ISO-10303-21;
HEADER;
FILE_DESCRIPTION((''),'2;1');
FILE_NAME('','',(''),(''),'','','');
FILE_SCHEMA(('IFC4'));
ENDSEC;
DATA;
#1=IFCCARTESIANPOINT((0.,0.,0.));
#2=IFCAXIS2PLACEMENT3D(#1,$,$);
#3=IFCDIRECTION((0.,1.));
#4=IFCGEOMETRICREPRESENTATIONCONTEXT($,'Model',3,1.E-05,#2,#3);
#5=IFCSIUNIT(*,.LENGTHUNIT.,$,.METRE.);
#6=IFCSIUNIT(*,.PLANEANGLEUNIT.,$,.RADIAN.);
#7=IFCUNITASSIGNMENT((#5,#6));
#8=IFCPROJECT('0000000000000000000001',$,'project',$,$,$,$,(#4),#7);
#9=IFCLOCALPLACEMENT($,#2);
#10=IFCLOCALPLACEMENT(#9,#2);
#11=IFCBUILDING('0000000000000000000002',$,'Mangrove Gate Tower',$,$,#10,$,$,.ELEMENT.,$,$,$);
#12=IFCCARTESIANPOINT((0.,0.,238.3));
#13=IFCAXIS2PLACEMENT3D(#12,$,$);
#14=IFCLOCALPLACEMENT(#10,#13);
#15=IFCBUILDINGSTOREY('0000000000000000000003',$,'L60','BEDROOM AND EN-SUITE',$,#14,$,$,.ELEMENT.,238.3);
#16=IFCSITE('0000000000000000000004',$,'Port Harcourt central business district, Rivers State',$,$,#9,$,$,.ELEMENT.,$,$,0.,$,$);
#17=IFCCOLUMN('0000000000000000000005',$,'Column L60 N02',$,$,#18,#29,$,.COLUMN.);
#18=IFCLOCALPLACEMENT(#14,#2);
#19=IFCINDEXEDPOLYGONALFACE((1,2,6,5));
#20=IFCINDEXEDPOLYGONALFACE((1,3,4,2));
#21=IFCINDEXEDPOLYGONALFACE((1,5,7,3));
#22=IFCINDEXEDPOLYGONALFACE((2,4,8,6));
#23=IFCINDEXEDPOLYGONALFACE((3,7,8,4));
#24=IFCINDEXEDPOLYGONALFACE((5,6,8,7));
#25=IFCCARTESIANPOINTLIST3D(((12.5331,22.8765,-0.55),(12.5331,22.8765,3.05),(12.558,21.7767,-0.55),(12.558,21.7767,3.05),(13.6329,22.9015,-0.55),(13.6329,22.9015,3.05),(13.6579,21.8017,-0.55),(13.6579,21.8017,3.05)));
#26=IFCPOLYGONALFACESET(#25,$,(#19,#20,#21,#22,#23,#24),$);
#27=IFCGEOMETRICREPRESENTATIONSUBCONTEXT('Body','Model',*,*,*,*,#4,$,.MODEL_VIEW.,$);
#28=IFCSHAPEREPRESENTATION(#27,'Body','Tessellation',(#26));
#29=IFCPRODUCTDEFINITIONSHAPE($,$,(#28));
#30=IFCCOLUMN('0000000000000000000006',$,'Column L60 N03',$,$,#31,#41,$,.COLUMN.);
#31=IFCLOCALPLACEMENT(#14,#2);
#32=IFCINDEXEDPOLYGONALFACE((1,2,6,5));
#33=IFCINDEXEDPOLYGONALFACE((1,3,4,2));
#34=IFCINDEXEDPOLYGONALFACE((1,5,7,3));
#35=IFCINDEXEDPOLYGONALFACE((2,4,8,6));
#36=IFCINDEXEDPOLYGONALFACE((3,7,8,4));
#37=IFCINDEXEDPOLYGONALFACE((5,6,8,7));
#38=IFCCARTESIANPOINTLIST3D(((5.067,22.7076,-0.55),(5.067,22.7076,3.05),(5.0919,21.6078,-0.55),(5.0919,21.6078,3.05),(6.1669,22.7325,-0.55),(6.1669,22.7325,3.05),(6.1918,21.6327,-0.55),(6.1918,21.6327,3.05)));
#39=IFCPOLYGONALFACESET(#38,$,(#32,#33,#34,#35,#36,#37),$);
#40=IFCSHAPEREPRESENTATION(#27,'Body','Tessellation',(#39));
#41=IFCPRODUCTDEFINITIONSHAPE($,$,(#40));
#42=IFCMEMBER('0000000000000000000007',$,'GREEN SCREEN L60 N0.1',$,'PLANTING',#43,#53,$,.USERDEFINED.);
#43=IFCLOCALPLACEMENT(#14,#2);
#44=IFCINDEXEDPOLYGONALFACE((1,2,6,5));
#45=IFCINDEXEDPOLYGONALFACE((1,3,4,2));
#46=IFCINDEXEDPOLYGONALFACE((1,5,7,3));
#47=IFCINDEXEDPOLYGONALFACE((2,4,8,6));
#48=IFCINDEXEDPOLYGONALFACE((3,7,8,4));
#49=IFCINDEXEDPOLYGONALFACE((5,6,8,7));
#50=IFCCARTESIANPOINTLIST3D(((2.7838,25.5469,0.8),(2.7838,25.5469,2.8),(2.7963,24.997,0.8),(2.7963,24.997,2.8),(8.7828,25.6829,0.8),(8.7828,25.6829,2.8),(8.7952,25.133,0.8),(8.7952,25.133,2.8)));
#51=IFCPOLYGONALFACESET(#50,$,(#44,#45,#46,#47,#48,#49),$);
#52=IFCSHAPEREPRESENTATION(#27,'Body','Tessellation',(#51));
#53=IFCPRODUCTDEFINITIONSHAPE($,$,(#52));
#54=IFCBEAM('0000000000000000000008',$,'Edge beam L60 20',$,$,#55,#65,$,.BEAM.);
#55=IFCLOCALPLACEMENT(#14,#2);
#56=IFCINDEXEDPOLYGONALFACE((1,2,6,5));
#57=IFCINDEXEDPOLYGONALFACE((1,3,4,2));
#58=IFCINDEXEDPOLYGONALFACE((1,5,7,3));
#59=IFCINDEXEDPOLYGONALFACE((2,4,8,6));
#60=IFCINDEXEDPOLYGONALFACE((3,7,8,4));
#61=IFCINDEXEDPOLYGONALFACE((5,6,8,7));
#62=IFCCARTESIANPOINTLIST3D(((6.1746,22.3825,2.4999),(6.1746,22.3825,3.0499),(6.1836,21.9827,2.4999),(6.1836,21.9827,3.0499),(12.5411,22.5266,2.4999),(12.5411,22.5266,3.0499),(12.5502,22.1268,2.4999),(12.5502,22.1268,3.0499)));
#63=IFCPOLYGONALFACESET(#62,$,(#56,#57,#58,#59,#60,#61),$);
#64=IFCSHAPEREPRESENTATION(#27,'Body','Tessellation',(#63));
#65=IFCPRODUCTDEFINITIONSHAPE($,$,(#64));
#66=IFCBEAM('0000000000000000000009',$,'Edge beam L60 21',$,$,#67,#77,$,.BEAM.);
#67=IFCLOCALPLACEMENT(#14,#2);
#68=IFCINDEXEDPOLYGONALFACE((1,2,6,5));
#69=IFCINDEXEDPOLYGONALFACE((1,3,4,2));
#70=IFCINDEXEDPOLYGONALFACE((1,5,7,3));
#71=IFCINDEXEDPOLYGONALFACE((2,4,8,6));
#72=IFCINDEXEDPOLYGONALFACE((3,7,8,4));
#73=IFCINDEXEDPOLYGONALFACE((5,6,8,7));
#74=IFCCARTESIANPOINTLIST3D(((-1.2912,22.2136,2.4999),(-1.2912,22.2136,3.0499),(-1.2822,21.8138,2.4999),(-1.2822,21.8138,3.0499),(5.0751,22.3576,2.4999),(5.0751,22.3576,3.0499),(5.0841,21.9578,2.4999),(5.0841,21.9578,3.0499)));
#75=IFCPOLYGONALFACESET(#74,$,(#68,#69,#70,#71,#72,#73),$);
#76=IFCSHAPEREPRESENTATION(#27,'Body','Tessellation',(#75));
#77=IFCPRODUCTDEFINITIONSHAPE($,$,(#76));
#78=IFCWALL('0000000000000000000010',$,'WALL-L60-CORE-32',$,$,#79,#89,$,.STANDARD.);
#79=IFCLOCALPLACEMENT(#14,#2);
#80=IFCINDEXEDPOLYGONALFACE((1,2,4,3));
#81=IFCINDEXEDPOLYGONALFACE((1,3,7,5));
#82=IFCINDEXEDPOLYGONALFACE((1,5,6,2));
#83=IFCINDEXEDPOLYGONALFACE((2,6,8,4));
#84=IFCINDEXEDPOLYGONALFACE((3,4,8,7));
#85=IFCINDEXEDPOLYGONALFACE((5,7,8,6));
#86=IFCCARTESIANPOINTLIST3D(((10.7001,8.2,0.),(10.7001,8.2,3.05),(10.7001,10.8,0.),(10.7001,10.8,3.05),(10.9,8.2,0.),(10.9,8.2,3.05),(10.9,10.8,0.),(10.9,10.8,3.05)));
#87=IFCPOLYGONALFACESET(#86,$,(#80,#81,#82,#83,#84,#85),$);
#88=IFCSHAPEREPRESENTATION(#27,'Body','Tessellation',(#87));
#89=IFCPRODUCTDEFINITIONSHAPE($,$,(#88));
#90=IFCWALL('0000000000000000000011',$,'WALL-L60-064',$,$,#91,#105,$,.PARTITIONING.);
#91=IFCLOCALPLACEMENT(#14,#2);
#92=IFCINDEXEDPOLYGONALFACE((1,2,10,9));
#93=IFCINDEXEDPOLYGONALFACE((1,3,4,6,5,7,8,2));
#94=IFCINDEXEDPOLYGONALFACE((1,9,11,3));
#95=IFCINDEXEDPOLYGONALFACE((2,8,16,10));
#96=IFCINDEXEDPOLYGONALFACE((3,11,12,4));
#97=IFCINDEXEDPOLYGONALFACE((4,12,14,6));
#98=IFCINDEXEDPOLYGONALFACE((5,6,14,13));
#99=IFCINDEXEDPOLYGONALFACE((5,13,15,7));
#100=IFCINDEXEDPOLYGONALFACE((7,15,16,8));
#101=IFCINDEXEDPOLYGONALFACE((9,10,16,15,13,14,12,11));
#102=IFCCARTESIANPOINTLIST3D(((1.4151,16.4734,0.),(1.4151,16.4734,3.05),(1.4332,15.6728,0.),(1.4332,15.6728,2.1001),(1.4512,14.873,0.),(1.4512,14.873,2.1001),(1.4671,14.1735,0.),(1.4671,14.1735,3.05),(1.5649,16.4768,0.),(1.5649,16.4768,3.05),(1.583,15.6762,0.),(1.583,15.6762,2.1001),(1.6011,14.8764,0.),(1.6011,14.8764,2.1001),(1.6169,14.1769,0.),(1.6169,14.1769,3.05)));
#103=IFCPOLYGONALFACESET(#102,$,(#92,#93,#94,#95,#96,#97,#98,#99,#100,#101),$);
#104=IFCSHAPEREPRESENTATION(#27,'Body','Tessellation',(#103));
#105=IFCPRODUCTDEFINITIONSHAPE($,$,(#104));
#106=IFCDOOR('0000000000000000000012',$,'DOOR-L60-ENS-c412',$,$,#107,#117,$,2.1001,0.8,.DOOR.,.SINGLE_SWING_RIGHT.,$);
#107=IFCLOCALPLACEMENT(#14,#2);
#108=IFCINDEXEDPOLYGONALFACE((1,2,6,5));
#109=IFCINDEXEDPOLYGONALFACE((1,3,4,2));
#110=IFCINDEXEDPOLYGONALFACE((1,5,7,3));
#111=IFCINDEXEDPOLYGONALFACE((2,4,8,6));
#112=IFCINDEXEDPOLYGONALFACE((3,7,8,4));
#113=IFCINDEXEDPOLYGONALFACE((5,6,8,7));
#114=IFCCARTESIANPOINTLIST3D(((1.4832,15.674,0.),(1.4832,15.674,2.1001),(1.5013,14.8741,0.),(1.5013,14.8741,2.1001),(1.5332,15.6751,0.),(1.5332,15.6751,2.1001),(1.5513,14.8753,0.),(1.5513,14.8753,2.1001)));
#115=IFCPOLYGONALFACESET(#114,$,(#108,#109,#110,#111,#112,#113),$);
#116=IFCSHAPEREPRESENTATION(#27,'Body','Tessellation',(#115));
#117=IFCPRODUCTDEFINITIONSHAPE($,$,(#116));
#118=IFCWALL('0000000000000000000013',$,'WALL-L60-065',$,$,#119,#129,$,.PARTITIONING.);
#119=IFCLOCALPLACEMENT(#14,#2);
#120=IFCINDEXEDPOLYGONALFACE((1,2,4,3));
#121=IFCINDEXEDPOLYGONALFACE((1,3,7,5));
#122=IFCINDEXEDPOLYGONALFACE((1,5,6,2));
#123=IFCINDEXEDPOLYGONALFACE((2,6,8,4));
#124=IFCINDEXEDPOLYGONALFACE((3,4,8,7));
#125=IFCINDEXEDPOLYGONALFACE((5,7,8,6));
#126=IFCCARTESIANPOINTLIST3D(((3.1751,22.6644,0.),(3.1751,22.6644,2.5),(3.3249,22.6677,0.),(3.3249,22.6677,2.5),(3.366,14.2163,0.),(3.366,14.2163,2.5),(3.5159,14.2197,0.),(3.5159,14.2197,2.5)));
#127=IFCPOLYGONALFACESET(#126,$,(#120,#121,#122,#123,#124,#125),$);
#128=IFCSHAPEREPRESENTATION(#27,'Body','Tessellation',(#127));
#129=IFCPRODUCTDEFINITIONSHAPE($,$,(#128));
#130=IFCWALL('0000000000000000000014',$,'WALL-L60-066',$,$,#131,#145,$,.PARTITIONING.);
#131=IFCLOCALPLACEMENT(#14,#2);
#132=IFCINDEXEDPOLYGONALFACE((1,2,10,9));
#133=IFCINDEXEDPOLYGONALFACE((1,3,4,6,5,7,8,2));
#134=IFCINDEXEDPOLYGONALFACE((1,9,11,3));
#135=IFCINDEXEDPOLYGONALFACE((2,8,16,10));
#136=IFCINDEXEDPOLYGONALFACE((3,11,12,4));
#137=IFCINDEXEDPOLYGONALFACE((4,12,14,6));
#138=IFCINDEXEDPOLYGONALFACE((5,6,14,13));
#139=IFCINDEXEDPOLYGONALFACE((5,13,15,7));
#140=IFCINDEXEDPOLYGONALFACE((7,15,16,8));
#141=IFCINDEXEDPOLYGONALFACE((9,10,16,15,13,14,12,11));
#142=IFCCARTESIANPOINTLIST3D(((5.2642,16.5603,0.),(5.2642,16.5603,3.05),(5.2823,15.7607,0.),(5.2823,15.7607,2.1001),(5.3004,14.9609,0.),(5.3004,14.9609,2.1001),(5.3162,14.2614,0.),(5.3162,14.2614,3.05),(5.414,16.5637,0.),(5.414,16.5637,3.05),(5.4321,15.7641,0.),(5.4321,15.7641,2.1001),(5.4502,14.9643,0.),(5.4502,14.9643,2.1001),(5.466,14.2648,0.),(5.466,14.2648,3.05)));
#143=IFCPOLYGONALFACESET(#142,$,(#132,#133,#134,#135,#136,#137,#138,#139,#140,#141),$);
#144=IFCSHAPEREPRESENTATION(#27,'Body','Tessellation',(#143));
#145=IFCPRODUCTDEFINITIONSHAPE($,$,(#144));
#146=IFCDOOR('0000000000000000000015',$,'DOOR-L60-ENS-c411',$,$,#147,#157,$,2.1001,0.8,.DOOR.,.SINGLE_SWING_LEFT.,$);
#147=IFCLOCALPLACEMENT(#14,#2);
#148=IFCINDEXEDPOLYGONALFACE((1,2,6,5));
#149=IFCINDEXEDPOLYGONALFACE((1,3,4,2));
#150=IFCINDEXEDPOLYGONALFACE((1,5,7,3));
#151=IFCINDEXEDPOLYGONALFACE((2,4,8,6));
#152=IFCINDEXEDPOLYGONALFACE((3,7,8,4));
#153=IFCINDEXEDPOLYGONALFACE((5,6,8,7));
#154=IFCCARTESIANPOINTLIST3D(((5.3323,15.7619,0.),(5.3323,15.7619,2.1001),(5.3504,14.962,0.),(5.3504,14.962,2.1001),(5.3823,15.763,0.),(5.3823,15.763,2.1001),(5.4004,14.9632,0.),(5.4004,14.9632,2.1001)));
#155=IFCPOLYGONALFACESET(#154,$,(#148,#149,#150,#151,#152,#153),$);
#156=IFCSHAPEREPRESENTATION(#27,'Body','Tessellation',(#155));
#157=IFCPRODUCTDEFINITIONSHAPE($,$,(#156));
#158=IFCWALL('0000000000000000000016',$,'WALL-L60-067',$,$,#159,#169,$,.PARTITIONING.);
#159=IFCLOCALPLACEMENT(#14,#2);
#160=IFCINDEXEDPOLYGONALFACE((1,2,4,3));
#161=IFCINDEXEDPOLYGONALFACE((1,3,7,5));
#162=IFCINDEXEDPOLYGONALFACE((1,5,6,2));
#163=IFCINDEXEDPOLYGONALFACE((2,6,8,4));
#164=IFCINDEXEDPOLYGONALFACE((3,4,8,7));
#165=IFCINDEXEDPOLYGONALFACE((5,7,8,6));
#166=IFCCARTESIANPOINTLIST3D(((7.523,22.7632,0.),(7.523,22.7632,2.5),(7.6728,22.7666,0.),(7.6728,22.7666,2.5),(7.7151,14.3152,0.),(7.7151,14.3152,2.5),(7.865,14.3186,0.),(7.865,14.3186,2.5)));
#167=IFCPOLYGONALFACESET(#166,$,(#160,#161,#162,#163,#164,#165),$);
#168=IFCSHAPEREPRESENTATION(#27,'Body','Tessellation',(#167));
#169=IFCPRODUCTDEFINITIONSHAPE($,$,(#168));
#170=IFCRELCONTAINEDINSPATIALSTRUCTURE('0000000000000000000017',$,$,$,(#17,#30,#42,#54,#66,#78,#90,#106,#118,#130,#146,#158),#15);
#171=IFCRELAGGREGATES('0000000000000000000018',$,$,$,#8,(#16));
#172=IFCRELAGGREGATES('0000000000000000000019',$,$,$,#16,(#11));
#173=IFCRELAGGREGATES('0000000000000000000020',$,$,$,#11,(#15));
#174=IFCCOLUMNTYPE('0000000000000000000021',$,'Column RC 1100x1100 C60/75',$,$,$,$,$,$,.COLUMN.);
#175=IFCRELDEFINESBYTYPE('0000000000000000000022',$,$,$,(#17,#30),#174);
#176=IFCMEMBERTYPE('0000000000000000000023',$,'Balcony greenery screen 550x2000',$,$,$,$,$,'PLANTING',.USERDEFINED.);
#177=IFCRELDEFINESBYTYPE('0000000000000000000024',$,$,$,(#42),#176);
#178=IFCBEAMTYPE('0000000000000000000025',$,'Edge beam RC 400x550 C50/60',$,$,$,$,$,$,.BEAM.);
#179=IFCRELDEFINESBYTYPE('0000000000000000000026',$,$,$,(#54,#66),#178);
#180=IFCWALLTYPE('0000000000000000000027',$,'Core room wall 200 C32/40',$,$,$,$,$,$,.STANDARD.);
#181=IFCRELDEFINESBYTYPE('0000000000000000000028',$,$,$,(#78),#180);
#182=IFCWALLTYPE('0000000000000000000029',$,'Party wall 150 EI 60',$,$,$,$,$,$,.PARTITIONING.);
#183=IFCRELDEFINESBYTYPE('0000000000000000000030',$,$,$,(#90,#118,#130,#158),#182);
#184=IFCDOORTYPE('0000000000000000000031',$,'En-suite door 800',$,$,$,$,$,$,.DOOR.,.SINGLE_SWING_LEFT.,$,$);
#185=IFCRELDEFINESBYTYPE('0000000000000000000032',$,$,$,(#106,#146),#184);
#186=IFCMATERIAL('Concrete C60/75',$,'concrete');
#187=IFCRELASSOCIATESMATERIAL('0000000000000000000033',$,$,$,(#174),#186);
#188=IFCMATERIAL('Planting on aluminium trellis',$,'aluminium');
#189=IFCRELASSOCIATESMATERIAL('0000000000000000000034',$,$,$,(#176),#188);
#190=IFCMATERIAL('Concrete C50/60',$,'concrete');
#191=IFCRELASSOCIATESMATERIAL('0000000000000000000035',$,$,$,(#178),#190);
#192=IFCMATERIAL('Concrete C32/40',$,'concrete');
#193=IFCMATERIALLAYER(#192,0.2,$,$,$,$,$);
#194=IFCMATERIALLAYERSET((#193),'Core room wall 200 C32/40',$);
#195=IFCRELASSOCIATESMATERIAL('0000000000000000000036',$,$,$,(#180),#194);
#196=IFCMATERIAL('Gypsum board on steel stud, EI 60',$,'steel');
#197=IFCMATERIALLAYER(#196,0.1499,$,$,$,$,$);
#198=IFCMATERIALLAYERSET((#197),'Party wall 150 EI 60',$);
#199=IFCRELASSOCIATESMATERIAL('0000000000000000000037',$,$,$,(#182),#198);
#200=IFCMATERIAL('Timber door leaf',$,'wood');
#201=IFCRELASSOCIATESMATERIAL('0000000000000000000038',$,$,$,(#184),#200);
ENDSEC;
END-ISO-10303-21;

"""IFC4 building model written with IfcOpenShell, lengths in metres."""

from ifc_helpers import new_model, si_unit, direction, frame, frame_2d, origin, origin_2d, place, context, subcontext, project, spatial, rectangle, extrude, material, layer, layer_set, material_profile, profile_set, type_object, element, fill, save


model = new_model("IFC4")

# Units and contexts
model_context = context("Model", 3, precision=1e-05, world=origin(), true_north=direction((0.0, 1.0)))
body_context = subcontext(model_context, "Body", "Model", "MODEL_VIEW")
ifc_project = project(units=[si_unit("LENGTHUNIT", "METRE"), si_unit("PLANEANGLEUNIT", "RADIAN")], contexts=[model_context])

# Site, building, storey
site_placement = place(None, origin())
site = spatial("IfcSite", under=ifc_project, at=site_placement, Name="Port Harcourt central business district, Rivers State", CompositionType="ELEMENT", RefElevation=0.0)
building_placement = place(site_placement, origin())
building = spatial("IfcBuilding", under=site, at=building_placement, Name="Mangrove Gate Tower", CompositionType="ELEMENT")
storey_placement = place(building_placement, frame((0.0, 0.0, 238.3)))
storey = spatial("IfcBuildingStorey", under=building, at=storey_placement, Name="L60", Description="BEDROOM AND EN-SUITE", CompositionType="ELEMENT", Elevation=238.3)

# Columns
ifc_material_1 = material(Name="Concrete C60/75", Category="concrete")
ifc_material_profile_1 = material_profile(ifc_material_1, rectangle(XDim=1.1001, YDim=1.1001, at=origin_2d()))
ifc_profile_set_1 = profile_set([ifc_material_profile_1], Name="Concrete C60/75")
column_type = type_object("IfcColumnType", Name="Column RC 1100x1100 C60/75", PredefinedType="COLUMN", material=ifc_profile_set_1)
for number, where, z_axis, x_axis, name in (
    (1, (13.0955, 22.3391, -0.55), (0.0, 0.0, 1.0), (-0.999742, -0.022697, 0.0), "Column L60 N02"),
    (2, (5.6294, 22.1702, -0.55), (0.0, 0.0, 1.0), (-0.999744, -0.02263, 0.0), "Column L60 N03"),
):
    element("IfcColumn", number, at=place(storey_placement, frame(where, z_axis=z_axis, x_axis=x_axis)), inside=storey, type_object=column_type, Name=name, PredefinedType="COLUMN", context=body_context, shape_type="SweptSolid", body=[
        extrude(rectangle(XDim=1.1001, YDim=1.1001, at=origin_2d()), origin(), (0.0, 0.0, 1.0), 3.6001),
    ])

# Member
ifc_material_2 = material(Name="Planting on aluminium trellis", Category="aluminium")
ifc_material_profile_2 = material_profile(ifc_material_2, rectangle(XDim=0.55, YDim=2.0, at=origin_2d()))
ifc_profile_set_2 = profile_set([ifc_material_profile_2], Name="Planting on aluminium trellis")
member_type = type_object("IfcMemberType", Name="Balcony greenery screen 550x2000", ElementType="PLANTING", PredefinedType="USERDEFINED", material=ifc_profile_set_2)
member_placement = place(storey_placement, frame((2.79, 25.272, 1.8), z_axis=(0.999743, 0.022662, 0.0), x_axis=(-0.022662, 0.999743, 0.0)))
element("IfcMember", 3, at=member_placement, inside=storey, type_object=member_type, Name="GREEN SCREEN L60 N0.1", ObjectType="PLANTING", PredefinedType="USERDEFINED", context=body_context, shape_type="SweptSolid", body=[
    extrude(rectangle(XDim=0.55, YDim=2.0, at=origin_2d()), origin(), (0.0, 0.0, 1.0), 6.0005),
])

# Beams
ifc_material_3 = material(Name="Concrete C50/60", Category="concrete")
ifc_material_profile_3 = material_profile(ifc_material_3, rectangle(XDim=0.3999, YDim=0.55, at=origin_2d()))
ifc_profile_set_3 = profile_set([ifc_material_profile_3], Name="Concrete C50/60")
beam_type = type_object("IfcBeamType", Name="Edge beam RC 400x550 C50/60", PredefinedType="BEAM", material=ifc_profile_set_3)
beam_1_placement = place(storey_placement, frame((12.5457, 22.3267, 2.7749), z_axis=(-0.999744, -0.02262, 0.0), x_axis=(0.02262, -0.999744, 0.0)))
element("IfcBeam", 4, at=beam_1_placement, inside=storey, type_object=beam_type, Name="Edge beam L60 20", PredefinedType="BEAM", context=body_context, shape_type="SweptSolid", body=[
    extrude(rectangle(XDim=0.3999, YDim=0.55, at=origin_2d()), origin(), (0.0, 0.0, 1.0), 6.3682),
])
beam_2_placement = place(storey_placement, frame((5.0796, 22.1577, 2.7749), z_axis=(-0.999744, -0.02262, 0.0), x_axis=(0.02262, -0.999744, 0.0)))
element("IfcBeam", 5, at=beam_2_placement, inside=storey, type_object=beam_type, Name="Edge beam L60 21", PredefinedType="BEAM", context=body_context, shape_type="SweptSolid", body=[
    extrude(rectangle(XDim=0.3999, YDim=0.55, at=origin_2d()), origin(), (0.0, 0.0, 1.0), 6.3679),
])

# Wall
ifc_material_4 = material(Name="Concrete C32/40", Category="concrete")
ifc_layer_1 = layer(ifc_material_4, 0.2)
ifc_layer_set_1 = layer_set([ifc_layer_1], Name="Core room wall 200 C32/40")
wall_type_1 = type_object("IfcWallType", Name="Core room wall 200 C32/40", PredefinedType="STANDARD", material=ifc_layer_set_1)
wall_1_placement = place(storey_placement, frame((10.8, 8.2, 0.0), z_axis=(0.0, 0.0, 1.0), x_axis=(0.0, 1.0, 0.0)))
element("IfcWall", 6, at=wall_1_placement, inside=storey, type_object=wall_type_1, Name="WALL-L60-CORE-32", PredefinedType="STANDARD", context=body_context, shape_type="SweptSolid", body=[
    extrude(rectangle(XDim=2.6001, YDim=0.2, at=frame_2d((1.3, 0.0))), origin(), (0.0, 0.0, 1.0), 3.05),
])

# Wall, opening, door
ifc_material_5 = material(Name="Gypsum board on steel stud, EI 60", Category="steel")
ifc_layer_2 = layer(ifc_material_5, 0.1499)
ifc_layer_set_2 = layer_set([ifc_layer_2], Name="Party wall 150 EI 60")
wall_type_2 = type_object("IfcWallType", Name="Party wall 150 EI 60", PredefinedType="PARTITIONING", material=ifc_layer_set_2)
wall_2_placement = place(storey_placement, frame((1.542, 14.175, 0.0), z_axis=(0.0, 0.0, 1.0), x_axis=(-0.022603, 0.999745, 0.0)))
wall_2 = element("IfcWall", 7, at=wall_2_placement, inside=storey, type_object=wall_type_2, Name="WALL-L60-064", PredefinedType="PARTITIONING", context=body_context, shape_type="SweptSolid", body=[
    extrude(rectangle(XDim=2.3005, YDim=0.1499, at=frame_2d((1.1504, 0.0))), origin(), (0.0, 0.0, 1.0), 3.05),
])
opening_1_placement = place(wall_2_placement, frame((0.7, 0.0, 0.0)))
opening_1 = element("IfcOpeningElement", 8, at=opening_1_placement, cuts=wall_2, PredefinedType="OPENING", context=body_context, shape_type="SweptSolid", body=[
    extrude(rectangle(XDim=0.8, YDim=2.1001, at=frame_2d((0.3999, 1.05))), frame((0.0, 0.085, 0.0), z_axis=(0.0, -1.0, 0.0), x_axis=(1.0, 0.0, 0.0)), (0.0, 0.0, 1.0), 0.1699),
])
ifc_material_6 = material(Name="Timber door leaf", Category="wood")
door_type = type_object("IfcDoorType", Name="En-suite door 800", OperationType="SINGLE_SWING_LEFT", PredefinedType="DOOR", material=ifc_material_6)
door_1_placement = place(opening_1_placement, origin())
door_1 = element("IfcDoor", 9, at=door_1_placement, inside=storey, type_object=door_type, Name="DOOR-L60-ENS-c412", OperationType="SINGLE_SWING_RIGHT", OverallHeight=2.1001, OverallWidth=0.8, PredefinedType="DOOR", context=body_context, shape_type="SweptSolid", body=[
    extrude(rectangle(XDim=0.8, YDim=2.1001, at=frame_2d((0.3999, 1.05))), frame((0.0, 0.0249, 0.0), z_axis=(0.0, -1.0, 0.0), x_axis=(1.0, 0.0, 0.0)), (0.0, 0.0, 1.0), 0.05),
])
fill(opening_1, door_1)

# Wall
wall_3_placement = place(storey_placement, frame((3.4409, 14.218, 0.0), z_axis=(0.0, 0.0, 1.0), x_axis=(-0.022593, 0.999745, 0.0)))
element("IfcWall", 10, at=wall_3_placement, inside=storey, type_object=wall_type_2, Name="WALL-L60-065", PredefinedType="PARTITIONING", context=body_context, shape_type="SweptSolid", body=[
    extrude(rectangle(XDim=8.4502, YDim=0.1499, at=frame_2d((4.2251, 0.0))), origin(), (0.0, 0.0, 1.0), 2.5),
])

# Wall, opening, door
wall_4_placement = place(storey_placement, frame((5.3911, 14.2629, 0.0), z_axis=(0.0, 0.0, 1.0), x_axis=(-0.022613, 0.999744, 0.0)))
wall_4 = element("IfcWall", 11, at=wall_4_placement, inside=storey, type_object=wall_type_2, Name="WALL-L60-066", PredefinedType="PARTITIONING", context=body_context, shape_type="SweptSolid", body=[
    extrude(rectangle(XDim=2.2996, YDim=0.1499, at=frame_2d((1.1499, 0.0))), origin(), (0.0, 0.0, 1.0), 3.05),
])
opening_2_placement = place(wall_4_placement, frame((0.7, 0.0, 0.0)))
opening_2 = element("IfcOpeningElement", 12, at=opening_2_placement, cuts=wall_4, PredefinedType="OPENING", context=body_context, shape_type="SweptSolid", body=[
    extrude(rectangle(XDim=0.8, YDim=2.1001, at=frame_2d((0.3999, 1.05))), frame((0.0, 0.085, 0.0), z_axis=(0.0, -1.0, 0.0), x_axis=(1.0, 0.0, 0.0)), (0.0, 0.0, 1.0), 0.1699),
])
door_2_placement = place(opening_2_placement, origin())
door_2 = element("IfcDoor", 13, at=door_2_placement, inside=storey, type_object=door_type, Name="DOOR-L60-ENS-c411", OperationType="SINGLE_SWING_LEFT", OverallHeight=2.1001, OverallWidth=0.8, PredefinedType="DOOR", context=body_context, shape_type="SweptSolid", body=[
    extrude(rectangle(XDim=0.8, YDim=2.1001, at=frame_2d((0.3999, 1.05))), frame((0.0, 0.0249, 0.0), z_axis=(0.0, -1.0, 0.0), x_axis=(1.0, 0.0, 0.0)), (0.0, 0.0, 1.0), 0.05),
])
fill(opening_2, door_2)

# Wall
wall_5_placement = place(storey_placement, frame((7.79, 14.3169, 0.0), z_axis=(0.0, 0.0, 1.0), x_axis=(-0.022738, 0.999741, 0.0)))
element("IfcWall", 14, at=wall_5_placement, inside=storey, type_object=wall_type_2, Name="WALL-L60-067", PredefinedType="PARTITIONING", context=body_context, shape_type="SweptSolid", body=[
    extrude(rectangle(XDim=8.4502, YDim=0.1499, at=frame_2d((4.2251, 0.0))), origin(), (0.0, 0.0, 1.0), 2.5),
])

save(model, "model.ifc")
